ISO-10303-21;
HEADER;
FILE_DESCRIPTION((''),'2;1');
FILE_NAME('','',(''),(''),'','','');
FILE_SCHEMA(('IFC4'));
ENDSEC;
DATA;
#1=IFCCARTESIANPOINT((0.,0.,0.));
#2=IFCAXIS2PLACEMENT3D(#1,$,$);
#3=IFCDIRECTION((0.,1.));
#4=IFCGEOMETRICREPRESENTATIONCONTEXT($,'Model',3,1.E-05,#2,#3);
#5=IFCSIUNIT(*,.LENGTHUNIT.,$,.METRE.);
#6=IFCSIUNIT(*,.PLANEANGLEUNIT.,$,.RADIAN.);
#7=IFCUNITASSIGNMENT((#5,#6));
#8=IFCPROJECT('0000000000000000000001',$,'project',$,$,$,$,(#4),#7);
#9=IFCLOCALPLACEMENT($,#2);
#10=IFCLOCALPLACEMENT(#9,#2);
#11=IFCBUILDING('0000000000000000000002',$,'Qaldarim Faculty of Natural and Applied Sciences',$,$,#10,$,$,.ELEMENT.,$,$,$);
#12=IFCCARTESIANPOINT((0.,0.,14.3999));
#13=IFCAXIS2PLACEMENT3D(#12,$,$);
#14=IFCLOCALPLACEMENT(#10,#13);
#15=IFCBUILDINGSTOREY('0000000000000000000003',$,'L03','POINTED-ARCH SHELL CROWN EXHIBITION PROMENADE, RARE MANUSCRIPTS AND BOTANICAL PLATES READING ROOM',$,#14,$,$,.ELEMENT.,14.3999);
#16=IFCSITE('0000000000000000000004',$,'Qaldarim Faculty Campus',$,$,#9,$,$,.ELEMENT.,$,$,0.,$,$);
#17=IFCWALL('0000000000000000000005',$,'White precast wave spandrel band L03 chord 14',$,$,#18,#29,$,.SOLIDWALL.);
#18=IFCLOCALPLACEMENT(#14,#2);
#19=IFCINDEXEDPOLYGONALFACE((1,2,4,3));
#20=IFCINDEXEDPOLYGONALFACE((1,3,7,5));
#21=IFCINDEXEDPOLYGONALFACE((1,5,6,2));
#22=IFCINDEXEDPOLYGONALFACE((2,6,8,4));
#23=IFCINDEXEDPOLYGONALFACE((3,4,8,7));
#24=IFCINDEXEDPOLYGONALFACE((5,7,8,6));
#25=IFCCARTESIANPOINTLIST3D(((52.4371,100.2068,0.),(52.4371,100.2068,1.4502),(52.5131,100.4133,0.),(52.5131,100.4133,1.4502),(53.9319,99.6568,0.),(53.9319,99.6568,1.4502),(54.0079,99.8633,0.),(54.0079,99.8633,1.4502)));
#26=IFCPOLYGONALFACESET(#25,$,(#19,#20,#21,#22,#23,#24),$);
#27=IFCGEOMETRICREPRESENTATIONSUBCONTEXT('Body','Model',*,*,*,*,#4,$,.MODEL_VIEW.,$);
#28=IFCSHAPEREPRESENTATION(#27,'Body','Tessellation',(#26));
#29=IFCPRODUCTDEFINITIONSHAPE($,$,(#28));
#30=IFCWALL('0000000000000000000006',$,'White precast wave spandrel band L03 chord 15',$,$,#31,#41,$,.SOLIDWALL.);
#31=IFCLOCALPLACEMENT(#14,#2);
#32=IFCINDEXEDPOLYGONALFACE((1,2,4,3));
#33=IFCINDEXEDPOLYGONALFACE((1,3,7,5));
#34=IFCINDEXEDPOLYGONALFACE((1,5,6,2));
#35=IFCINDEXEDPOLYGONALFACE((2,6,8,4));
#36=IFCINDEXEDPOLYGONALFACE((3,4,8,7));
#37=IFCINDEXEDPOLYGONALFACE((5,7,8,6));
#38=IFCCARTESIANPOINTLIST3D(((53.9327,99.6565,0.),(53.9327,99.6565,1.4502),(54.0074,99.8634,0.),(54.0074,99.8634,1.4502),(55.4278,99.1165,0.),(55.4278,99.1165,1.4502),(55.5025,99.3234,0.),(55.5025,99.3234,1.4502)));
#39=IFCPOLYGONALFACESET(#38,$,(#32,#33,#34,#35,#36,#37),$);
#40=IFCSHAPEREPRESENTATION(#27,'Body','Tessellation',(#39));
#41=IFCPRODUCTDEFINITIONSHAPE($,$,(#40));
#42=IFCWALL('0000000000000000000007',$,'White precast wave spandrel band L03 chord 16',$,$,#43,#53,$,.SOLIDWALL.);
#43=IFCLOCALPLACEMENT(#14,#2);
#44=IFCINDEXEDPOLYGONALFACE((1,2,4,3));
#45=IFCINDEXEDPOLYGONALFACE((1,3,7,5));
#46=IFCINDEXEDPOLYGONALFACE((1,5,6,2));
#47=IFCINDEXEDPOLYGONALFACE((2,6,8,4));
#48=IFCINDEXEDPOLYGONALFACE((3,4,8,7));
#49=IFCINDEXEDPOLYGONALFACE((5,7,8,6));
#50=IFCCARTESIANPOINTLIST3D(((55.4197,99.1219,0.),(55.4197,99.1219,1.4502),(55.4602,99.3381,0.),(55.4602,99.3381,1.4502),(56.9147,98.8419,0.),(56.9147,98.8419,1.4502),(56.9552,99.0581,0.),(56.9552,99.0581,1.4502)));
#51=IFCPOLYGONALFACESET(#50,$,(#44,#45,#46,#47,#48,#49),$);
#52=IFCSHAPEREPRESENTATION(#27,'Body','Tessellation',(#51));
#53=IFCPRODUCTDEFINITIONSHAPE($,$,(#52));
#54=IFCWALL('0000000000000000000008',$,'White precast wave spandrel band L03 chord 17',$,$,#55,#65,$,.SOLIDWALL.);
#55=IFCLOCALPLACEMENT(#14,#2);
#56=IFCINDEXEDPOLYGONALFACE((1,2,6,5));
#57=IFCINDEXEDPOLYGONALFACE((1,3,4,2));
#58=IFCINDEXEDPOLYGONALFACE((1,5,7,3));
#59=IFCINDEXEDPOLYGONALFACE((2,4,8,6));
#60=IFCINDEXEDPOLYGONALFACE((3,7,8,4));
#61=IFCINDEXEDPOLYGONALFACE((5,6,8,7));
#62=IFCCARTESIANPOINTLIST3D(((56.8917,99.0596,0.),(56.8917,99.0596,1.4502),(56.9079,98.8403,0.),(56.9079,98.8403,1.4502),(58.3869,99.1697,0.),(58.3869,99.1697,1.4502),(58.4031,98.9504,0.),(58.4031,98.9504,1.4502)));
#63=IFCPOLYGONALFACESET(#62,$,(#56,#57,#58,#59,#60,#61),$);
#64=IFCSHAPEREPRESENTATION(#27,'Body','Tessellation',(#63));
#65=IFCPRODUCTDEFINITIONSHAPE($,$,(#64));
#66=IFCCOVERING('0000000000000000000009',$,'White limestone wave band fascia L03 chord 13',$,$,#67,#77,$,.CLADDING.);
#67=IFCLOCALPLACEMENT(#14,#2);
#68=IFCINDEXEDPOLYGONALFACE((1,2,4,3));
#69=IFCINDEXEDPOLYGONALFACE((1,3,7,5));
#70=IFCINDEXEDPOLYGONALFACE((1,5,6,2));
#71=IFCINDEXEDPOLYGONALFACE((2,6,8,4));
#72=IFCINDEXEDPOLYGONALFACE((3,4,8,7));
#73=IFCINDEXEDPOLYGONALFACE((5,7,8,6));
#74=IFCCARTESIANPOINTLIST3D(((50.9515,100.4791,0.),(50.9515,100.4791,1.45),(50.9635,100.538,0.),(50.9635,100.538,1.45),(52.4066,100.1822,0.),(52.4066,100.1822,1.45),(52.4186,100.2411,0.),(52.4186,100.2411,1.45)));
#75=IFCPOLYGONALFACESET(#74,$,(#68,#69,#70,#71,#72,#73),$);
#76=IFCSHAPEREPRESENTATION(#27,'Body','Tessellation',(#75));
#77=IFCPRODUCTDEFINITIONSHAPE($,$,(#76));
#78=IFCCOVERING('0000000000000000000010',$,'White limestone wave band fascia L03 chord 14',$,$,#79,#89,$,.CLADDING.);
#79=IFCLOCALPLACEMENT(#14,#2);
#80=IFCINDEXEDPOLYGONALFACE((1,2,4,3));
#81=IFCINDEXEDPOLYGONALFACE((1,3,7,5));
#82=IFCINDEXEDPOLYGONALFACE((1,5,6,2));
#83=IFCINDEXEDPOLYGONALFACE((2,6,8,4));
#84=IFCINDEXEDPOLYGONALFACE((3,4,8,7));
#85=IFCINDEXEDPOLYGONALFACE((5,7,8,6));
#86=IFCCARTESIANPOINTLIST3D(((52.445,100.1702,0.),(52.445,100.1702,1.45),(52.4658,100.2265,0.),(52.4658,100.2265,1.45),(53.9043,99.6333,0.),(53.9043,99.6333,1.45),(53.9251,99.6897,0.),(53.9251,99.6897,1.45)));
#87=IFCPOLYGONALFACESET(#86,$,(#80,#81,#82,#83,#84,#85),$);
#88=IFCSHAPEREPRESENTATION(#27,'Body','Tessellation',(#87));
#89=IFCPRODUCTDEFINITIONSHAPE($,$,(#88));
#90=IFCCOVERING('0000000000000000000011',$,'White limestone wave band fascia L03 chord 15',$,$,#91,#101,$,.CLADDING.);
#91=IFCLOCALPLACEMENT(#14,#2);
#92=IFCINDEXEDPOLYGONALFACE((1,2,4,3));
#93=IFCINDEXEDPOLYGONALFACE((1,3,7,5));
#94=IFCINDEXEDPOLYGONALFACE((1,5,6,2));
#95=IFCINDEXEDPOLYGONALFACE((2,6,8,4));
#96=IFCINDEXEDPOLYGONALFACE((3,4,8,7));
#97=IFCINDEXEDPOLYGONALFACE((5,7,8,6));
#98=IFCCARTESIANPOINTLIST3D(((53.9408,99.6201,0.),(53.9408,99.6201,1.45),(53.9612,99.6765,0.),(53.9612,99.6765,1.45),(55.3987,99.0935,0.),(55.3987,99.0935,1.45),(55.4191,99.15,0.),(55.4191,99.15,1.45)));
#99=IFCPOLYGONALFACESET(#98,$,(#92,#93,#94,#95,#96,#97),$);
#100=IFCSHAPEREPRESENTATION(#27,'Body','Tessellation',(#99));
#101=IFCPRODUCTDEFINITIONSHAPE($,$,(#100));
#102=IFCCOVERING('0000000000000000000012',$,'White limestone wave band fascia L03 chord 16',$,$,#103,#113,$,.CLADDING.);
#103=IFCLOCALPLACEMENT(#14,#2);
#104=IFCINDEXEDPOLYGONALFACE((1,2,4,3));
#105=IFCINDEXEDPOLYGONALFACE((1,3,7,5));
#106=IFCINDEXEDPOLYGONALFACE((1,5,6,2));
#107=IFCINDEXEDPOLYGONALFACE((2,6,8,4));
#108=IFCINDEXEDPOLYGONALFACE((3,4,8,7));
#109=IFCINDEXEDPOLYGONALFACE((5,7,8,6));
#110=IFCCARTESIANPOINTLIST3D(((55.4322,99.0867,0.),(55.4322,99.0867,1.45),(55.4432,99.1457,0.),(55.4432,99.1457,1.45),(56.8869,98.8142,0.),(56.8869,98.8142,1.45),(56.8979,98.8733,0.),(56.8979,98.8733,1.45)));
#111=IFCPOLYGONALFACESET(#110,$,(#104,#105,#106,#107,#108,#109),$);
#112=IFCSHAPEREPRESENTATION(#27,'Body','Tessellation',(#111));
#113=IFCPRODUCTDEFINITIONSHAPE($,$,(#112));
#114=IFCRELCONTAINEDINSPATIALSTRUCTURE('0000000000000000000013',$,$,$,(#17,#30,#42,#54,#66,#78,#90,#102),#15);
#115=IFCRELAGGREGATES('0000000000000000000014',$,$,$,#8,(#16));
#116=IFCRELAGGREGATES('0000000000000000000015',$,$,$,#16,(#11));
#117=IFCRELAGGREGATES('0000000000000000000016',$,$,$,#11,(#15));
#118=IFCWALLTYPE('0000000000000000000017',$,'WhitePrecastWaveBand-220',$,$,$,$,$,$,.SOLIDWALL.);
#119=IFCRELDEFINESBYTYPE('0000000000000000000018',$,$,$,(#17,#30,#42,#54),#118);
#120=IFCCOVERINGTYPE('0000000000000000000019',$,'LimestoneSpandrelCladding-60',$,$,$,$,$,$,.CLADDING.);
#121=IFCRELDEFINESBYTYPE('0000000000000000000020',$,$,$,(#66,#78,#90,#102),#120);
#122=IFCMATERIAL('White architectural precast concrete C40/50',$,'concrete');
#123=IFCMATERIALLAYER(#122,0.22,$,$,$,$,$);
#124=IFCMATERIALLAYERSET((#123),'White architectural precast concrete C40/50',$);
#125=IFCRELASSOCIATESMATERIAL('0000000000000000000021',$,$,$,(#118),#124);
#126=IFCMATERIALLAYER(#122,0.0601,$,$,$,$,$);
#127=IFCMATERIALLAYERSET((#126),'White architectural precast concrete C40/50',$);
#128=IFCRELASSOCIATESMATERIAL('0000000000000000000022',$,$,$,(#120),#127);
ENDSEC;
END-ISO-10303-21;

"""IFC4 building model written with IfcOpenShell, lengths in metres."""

from ifc_helpers import new_model, si_unit, direction, frame, frame_2d, origin, origin_2d, place, context, subcontext, project, spatial, rectangle, extrude, material, layer, layer_set, type_object, element, save


model = new_model("IFC4")

# Units and contexts
model_context = context("Model", 3, precision=1e-05, world=origin(), true_north=direction((0.0, 1.0)))
body_context = subcontext(model_context, "Body", "Model", "MODEL_VIEW")
ifc_project = project(units=[si_unit("LENGTHUNIT", "METRE"), si_unit("PLANEANGLEUNIT", "RADIAN")], contexts=[model_context])

# Site, building, storey
site_placement = place(None, origin())
site = spatial("IfcSite", under=ifc_project, at=site_placement, Name="Qaldarim Faculty Campus", CompositionType="ELEMENT", RefElevation=0.0)
building_placement = place(site_placement, origin())
building = spatial("IfcBuilding", under=site, at=building_placement, Name="Qaldarim Faculty of Natural and Applied Sciences", CompositionType="ELEMENT")
storey_placement = place(building_placement, frame((0.0, 0.0, 14.3999)))
storey = spatial("IfcBuildingStorey", under=building, at=storey_placement, Name="L03", Description="POINTED-ARCH SHELL CROWN EXHIBITION PROMENADE, RARE MANUSCRIPTS AND BOTANICAL PLATES READING ROOM", CompositionType="ELEMENT", Elevation=14.3999)

# Walls
ifc_material_1 = material(Name="White architectural precast concrete C40/50", Category="concrete")
ifc_layer_1 = layer(ifc_material_1, 0.22)
ifc_layer_set_1 = layer_set([ifc_layer_1], Name="White architectural precast concrete C40/50")
wall_type = type_object("IfcWallType", Name="WhitePrecastWaveBand-220", PredefinedType="SOLIDWALL", material=ifc_layer_set_1)
wall_1_placement = place(storey_placement, frame((52.4751, 100.3101, 0.0), z_axis=(0.0, 0.0, 1.0), x_axis=(0.938484, -0.345322, 0.0)))
element("IfcWall", 1, at=wall_1_placement, inside=storey, type_object=wall_type, Name="White precast wave spandrel band L03 chord 14", PredefinedType="SOLIDWALL", context=body_context, shape_type="SweptSolid", body=[
    extrude(rectangle(XDim=1.5928, YDim=0.22, at=frame_2d((0.7964, 0.0))), origin(), (0.0, 0.0, 1.0), 1.4502),
])
wall_2_placement = place(storey_placement, frame((53.97, 99.76, 0.0), z_axis=(0.0, 0.0, 1.0), x_axis=(0.940527, -0.33972, 0.0)))
element("IfcWall", 2, at=wall_2_placement, inside=storey, type_object=wall_type, Name="White precast wave spandrel band L03 chord 15", PredefinedType="SOLIDWALL", context=body_context, shape_type="SweptSolid", body=[
    extrude(rectangle(XDim=1.5896, YDim=0.22, at=frame_2d((0.7949, 0.0))), origin(), (0.0, 0.0, 1.0), 1.4502),
])
wall_3_placement = place(storey_placement, frame((55.4399, 99.23, 0.0), z_axis=(0.0, 0.0, 1.0), x_axis=(0.982909, -0.184095, 0.0)))
element("IfcWall", 3, at=wall_3_placement, inside=storey, type_object=wall_type, Name="White precast wave spandrel band L03 chord 16", PredefinedType="SOLIDWALL", context=body_context, shape_type="SweptSolid", body=[
    extrude(rectangle(XDim=1.521, YDim=0.22, at=frame_2d((0.7605, 0.0))), origin(), (0.0, 0.0, 1.0), 1.4502),
])
wall_4_placement = place(storey_placement, frame((56.8999, 98.95, 0.0), z_axis=(0.0, 0.0, 1.0), x_axis=(0.997299, 0.073446, 0.0)))
element("IfcWall", 4, at=wall_4_placement, inside=storey, type_object=wall_type, Name="White precast wave spandrel band L03 chord 17", PredefinedType="SOLIDWALL", context=body_context, shape_type="SweptSolid", body=[
    extrude(rectangle(XDim=1.4993, YDim=0.22, at=frame_2d((0.7495, 0.0))), origin(), (0.0, 0.0, 1.0), 1.4502),
])

# Coverings
ifc_layer_2 = layer(ifc_material_1, 0.0601)
ifc_layer_set_2 = layer_set([ifc_layer_2], Name="White architectural precast concrete C40/50")
covering_type = type_object("IfcCoveringType", Name="LimestoneSpandrelCladding-60", PredefinedType="CLADDING", material=ifc_layer_set_2)
covering_1_placement = place(storey_placement, frame((51.6851, 100.3601, 0.0), z_axis=(0.0, 0.0, 1.0), x_axis=(0.979817, -0.199898, 0.0)))
element("IfcCovering", 5, at=covering_1_placement, inside=storey, type_object=covering_type, Name="White limestone wave band fascia L03 chord 13", PredefinedType="CLADDING", context=body_context, shape_type="SweptSolid", body=[
    extrude(rectangle(XDim=1.4851, YDim=0.0601, at=origin_2d()), origin(), (0.0, 0.0, 1.0), 1.45),
])
covering_2_placement = place(storey_placement, frame((53.1851, 99.9299, 0.0), z_axis=(0.0, 0.0, 1.0), x_axis=(0.938505, -0.345265, 0.0)))
element("IfcCovering", 6, at=covering_2_placement, inside=storey, type_object=covering_type, Name="White limestone wave band fascia L03 chord 14", PredefinedType="CLADDING", context=body_context, shape_type="SweptSolid", body=[
    extrude(rectangle(XDim=1.5549, YDim=0.0601, at=origin_2d()), origin(), (0.0, 0.0, 1.0), 1.45),
])
covering_3_placement = place(storey_placement, frame((54.6799, 99.385, 0.0), z_axis=(0.0, 0.0, 1.0), x_axis=(0.940526, -0.339723, 0.0)))
element("IfcCovering", 7, at=covering_3_placement, inside=storey, type_object=covering_type, Name="White limestone wave band fascia L03 chord 15", PredefinedType="CLADDING", context=body_context, shape_type="SweptSolid", body=[
    extrude(rectangle(XDim=1.55, YDim=0.0601, at=origin_2d()), origin(), (0.0, 0.0, 1.0), 1.45),
])
covering_4_placement = place(storey_placement, frame((56.165, 98.98, 0.0), z_axis=(0.0, 0.0, 1.0), x_axis=(0.98291, -0.184089, 0.0)))
element("IfcCovering", 8, at=covering_4_placement, inside=storey, type_object=covering_type, Name="White limestone wave band fascia L03 chord 16", PredefinedType="CLADDING", context=body_context, shape_type="SweptSolid", body=[
    extrude(rectangle(XDim=1.48, YDim=0.0601, at=origin_2d()), origin(), (0.0, 0.0, 1.0), 1.45),
])

save(model, "model.ifc")
